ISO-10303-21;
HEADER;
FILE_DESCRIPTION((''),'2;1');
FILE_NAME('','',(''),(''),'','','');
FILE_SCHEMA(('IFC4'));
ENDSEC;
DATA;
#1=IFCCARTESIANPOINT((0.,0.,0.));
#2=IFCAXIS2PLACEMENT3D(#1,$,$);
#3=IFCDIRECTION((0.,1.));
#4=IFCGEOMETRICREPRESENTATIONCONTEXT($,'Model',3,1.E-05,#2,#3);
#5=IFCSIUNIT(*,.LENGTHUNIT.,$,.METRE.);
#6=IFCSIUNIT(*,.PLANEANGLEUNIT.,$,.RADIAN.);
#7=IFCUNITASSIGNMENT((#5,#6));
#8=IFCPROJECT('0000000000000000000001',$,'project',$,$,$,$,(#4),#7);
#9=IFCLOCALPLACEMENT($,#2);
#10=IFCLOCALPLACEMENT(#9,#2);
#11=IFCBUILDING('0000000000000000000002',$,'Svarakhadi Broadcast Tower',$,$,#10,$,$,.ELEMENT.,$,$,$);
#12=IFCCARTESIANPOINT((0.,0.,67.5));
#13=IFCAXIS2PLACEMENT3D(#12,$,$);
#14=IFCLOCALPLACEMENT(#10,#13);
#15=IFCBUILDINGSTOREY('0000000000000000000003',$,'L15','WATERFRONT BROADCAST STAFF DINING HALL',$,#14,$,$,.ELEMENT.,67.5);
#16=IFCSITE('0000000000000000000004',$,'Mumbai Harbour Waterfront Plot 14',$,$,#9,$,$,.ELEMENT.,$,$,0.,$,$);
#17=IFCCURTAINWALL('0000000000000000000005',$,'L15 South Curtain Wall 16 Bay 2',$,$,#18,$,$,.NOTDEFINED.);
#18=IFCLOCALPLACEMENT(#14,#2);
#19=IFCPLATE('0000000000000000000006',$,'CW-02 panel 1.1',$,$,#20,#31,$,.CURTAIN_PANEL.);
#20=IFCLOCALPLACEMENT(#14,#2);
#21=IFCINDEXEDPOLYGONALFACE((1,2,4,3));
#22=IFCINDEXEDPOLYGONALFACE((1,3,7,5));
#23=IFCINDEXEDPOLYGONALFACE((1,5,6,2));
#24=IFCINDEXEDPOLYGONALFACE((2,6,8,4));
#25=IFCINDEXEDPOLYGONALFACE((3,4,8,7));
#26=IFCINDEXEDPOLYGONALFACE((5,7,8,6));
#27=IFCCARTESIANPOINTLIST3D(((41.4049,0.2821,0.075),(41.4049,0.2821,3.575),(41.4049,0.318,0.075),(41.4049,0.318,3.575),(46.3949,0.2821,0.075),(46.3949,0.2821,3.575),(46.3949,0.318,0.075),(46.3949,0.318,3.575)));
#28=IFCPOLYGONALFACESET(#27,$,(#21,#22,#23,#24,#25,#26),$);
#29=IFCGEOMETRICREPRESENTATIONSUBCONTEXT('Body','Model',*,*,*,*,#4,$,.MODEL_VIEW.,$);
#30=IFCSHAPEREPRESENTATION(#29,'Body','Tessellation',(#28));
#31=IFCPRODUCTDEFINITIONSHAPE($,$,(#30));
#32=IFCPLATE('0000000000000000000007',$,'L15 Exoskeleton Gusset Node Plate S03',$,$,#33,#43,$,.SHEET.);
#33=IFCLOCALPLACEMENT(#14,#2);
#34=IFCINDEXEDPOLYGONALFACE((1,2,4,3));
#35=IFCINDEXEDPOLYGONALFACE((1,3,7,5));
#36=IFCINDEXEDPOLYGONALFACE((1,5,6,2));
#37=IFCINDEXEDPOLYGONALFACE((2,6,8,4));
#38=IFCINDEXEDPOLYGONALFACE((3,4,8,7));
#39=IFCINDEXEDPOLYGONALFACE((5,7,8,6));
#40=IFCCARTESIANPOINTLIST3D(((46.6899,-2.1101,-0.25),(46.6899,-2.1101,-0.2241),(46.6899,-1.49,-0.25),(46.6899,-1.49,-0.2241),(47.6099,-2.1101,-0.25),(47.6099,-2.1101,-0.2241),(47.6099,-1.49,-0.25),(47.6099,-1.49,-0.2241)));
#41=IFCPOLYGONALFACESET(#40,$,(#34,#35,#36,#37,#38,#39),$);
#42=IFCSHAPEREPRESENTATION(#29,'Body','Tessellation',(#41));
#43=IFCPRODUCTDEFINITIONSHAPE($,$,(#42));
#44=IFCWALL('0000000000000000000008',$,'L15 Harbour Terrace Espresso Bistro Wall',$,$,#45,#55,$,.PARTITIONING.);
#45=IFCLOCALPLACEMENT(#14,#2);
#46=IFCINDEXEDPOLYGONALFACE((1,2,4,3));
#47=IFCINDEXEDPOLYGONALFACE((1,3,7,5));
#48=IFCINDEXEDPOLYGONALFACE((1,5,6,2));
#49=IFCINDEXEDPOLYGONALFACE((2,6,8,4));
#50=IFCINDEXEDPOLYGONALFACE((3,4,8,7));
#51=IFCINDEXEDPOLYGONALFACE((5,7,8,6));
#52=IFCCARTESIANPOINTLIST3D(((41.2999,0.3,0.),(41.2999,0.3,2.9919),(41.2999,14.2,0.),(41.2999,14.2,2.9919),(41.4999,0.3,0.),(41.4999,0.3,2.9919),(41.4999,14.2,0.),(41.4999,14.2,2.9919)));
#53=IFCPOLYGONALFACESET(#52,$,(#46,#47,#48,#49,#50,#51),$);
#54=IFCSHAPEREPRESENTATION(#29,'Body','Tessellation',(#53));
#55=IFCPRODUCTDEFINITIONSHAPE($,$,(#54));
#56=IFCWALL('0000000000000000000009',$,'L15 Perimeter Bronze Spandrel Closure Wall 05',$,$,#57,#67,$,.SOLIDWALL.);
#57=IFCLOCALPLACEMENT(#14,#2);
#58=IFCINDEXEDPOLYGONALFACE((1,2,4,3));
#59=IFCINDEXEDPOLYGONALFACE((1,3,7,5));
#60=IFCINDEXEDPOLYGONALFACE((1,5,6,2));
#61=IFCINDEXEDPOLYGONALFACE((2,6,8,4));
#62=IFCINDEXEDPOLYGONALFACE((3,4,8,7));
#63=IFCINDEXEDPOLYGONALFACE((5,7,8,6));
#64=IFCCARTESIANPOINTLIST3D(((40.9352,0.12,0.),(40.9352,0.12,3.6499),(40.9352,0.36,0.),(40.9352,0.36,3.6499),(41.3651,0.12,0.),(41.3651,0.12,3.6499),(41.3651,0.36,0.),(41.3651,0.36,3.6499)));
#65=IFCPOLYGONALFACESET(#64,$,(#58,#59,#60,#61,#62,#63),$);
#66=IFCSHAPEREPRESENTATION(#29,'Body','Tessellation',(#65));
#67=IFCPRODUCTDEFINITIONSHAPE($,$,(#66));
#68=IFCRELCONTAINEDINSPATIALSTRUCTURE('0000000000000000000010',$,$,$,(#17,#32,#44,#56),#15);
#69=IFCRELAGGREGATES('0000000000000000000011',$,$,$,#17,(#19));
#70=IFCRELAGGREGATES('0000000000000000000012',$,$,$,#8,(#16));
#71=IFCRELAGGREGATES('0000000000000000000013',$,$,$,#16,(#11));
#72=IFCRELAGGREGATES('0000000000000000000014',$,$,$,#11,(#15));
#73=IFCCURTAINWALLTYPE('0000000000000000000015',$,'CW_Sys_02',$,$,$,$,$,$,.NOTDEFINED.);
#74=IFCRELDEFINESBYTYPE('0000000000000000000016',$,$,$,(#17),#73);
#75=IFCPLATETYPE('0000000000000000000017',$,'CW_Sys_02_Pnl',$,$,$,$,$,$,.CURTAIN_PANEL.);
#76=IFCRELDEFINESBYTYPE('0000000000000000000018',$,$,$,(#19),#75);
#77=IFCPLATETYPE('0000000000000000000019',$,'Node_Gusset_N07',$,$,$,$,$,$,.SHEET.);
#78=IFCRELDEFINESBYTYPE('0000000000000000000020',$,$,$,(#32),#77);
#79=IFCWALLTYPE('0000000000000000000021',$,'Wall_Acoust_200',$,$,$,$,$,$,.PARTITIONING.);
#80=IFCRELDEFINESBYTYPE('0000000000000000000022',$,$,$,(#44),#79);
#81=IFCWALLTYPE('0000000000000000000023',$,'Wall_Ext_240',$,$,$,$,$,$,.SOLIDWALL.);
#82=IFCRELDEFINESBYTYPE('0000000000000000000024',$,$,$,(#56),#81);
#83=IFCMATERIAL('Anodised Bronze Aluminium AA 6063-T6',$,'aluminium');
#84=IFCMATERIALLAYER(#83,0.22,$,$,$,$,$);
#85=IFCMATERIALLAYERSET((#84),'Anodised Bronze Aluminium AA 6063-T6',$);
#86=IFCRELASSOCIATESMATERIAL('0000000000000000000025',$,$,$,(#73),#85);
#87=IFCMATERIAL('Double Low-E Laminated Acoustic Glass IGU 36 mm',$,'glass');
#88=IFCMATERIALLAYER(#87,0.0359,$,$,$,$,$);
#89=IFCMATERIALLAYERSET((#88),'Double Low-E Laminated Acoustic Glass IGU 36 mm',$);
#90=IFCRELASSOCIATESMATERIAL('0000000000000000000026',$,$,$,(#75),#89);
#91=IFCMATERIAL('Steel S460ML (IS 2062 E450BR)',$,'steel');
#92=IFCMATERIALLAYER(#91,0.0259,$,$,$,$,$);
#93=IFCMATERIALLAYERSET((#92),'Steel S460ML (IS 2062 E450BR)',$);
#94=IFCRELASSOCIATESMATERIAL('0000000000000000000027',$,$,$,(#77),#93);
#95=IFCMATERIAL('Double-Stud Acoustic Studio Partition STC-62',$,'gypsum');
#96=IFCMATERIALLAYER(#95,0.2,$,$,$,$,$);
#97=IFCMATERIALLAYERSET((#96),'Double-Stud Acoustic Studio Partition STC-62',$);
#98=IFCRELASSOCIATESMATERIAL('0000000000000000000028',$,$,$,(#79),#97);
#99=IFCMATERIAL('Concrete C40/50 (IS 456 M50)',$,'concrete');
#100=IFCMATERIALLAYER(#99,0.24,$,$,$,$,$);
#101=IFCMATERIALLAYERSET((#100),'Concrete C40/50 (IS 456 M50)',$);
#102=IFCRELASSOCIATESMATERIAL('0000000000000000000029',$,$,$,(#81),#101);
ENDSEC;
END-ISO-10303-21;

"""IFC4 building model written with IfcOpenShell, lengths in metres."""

from ifc_helpers import new_model, si_unit, direction, frame, frame_2d, origin, origin_2d, place, context, subcontext, project, spatial, rectangle, extrude, material, layer, layer_set, type_object, element, aggregate, save


model = new_model("IFC4")

# Units and contexts
model_context = context("Model", 3, precision=1e-05, world=origin(), true_north=direction((0.0, 1.0)))
body_context = subcontext(model_context, "Body", "Model", "MODEL_VIEW")
ifc_project = project(units=[si_unit("LENGTHUNIT", "METRE"), si_unit("PLANEANGLEUNIT", "RADIAN")], contexts=[model_context])

# Site, building, storey
site_placement = place(None, origin())
site = spatial("IfcSite", under=ifc_project, at=site_placement, Name="Mumbai Harbour Waterfront Plot 14", CompositionType="ELEMENT", RefElevation=0.0)
building_placement = place(site_placement, origin())
building = spatial("IfcBuilding", under=site, at=building_placement, Name="Svarakhadi Broadcast Tower", CompositionType="ELEMENT")
storey_placement = place(building_placement, frame((0.0, 0.0, 67.5)))
storey = spatial("IfcBuildingStorey", under=building, at=storey_placement, Name="L15", Description="WATERFRONT BROADCAST STAFF DINING HALL", CompositionType="ELEMENT", Elevation=67.5)

# Shared definitions
ifc_material_1 = material(Name="Steel S460ML (IS 2062 E450BR)", Category="steel")

# Curtain wall
ifc_material_2 = material(Name="Anodised Bronze Aluminium AA 6063-T6", Category="aluminium")
ifc_layer_1 = layer(ifc_material_2, 0.22)
ifc_layer_set_1 = layer_set([ifc_layer_1], Name="Anodised Bronze Aluminium AA 6063-T6")
curtain_wall_type = type_object("IfcCurtainWallType", Name="CW_Sys_02", PredefinedType="NOTDEFINED", material=ifc_layer_set_1)
curtain_wall_placement = place(storey_placement, origin())
curtain_wall = element("IfcCurtainWall", 1, at=curtain_wall_placement, inside=storey, type_object=curtain_wall_type, Name="L15 South Curtain Wall 16 Bay 2", PredefinedType="NOTDEFINED")

# Plates
ifc_material_3 = material(Name="Double Low-E Laminated Acoustic Glass IGU 36 mm", Category="glass")
ifc_layer_2 = layer(ifc_material_3, 0.0359)
ifc_layer_set_2 = layer_set([ifc_layer_2], Name="Double Low-E Laminated Acoustic Glass IGU 36 mm")
plate_type_1 = type_object("IfcPlateType", Name="CW_Sys_02_Pnl", PredefinedType="CURTAIN_PANEL", material=ifc_layer_set_2)
plate_1_placement = place(storey_placement, frame((43.8999, 0.3, 0.075), z_axis=(0.0, 0.0, 1.0), x_axis=(-1.0, 0.0, 0.0)))
plate_1 = element("IfcPlate", 2, at=plate_1_placement, type_object=plate_type_1, Name="CW-02 panel 1.1", PredefinedType="CURTAIN_PANEL", context=body_context, shape_type="SweptSolid", body=[
    extrude(rectangle(XDim=4.99, YDim=0.0359, at=origin_2d()), origin(), (0.0, 0.0, 1.0), 3.5),
])
aggregate(curtain_wall, [plate_1])
ifc_layer_3 = layer(ifc_material_1, 0.0259)
ifc_layer_set_3 = layer_set([ifc_layer_3], Name="Steel S460ML (IS 2062 E450BR)")
plate_type_2 = type_object("IfcPlateType", Name="Node_Gusset_N07", PredefinedType="SHEET", material=ifc_layer_set_3)
plate_2_placement = place(storey_placement, frame((47.1499, -1.8, -0.25), z_axis=(0.0, 0.0, 1.0), x_axis=(1.0, 0.0, 0.0)))
element("IfcPlate", 3, at=plate_2_placement, inside=storey, type_object=plate_type_2, Name="L15 Exoskeleton Gusset Node Plate S03", PredefinedType="SHEET", context=body_context, shape_type="SweptSolid", body=[
    extrude(rectangle(XDim=0.9199, YDim=0.6201, at=origin_2d()), origin(), (0.0, 0.0, 1.0), 0.0259),
])

# Walls
ifc_material_4 = material(Name="Double-Stud Acoustic Studio Partition STC-62", Category="gypsum")
ifc_layer_4 = layer(ifc_material_4, 0.2)
ifc_layer_set_4 = layer_set([ifc_layer_4], Name="Double-Stud Acoustic Studio Partition STC-62")
wall_type_1 = type_object("IfcWallType", Name="Wall_Acoust_200", PredefinedType="PARTITIONING", material=ifc_layer_set_4)
wall_1_placement = place(storey_placement, frame((41.3999, 0.3, 0.0), z_axis=(0.0, 0.0, 1.0), x_axis=(0.0, 1.0, 0.0)))
element("IfcWall", 4, at=wall_1_placement, inside=storey, type_object=wall_type_1, Name="L15 Harbour Terrace Espresso Bistro Wall", PredefinedType="PARTITIONING", context=body_context, shape_type="SweptSolid", body=[
    extrude(rectangle(XDim=13.8999, YDim=0.2, at=frame_2d((6.95, 0.0))), origin(), (0.0, 0.0, 1.0), 2.9919),
])
ifc_material_5 = material(Name="Concrete C40/50 (IS 456 M50)", Category="concrete")
ifc_layer_5 = layer(ifc_material_5, 0.24)
ifc_layer_set_5 = layer_set([ifc_layer_5], Name="Concrete C40/50 (IS 456 M50)")
wall_type_2 = type_object("IfcWallType", Name="Wall_Ext_240", PredefinedType="SOLIDWALL", material=ifc_layer_set_5)
wall_2_placement = place(storey_placement, frame((41.365, 0.24, 0.0), z_axis=(0.0, 0.0, 1.0), x_axis=(-1.0, 0.0, 0.0)))
element("IfcWall", 5, at=wall_2_placement, inside=storey, type_object=wall_type_2, Name="L15 Perimeter Bronze Spandrel Closure Wall 05", PredefinedType="SOLIDWALL", context=body_context, shape_type="SweptSolid", body=[
    extrude(rectangle(XDim=0.4299, YDim=0.24, at=frame_2d((0.2148, 0.0))), origin(), (0.0, 0.0, 1.0), 3.6499),
])

save(model, "model.ifc")
